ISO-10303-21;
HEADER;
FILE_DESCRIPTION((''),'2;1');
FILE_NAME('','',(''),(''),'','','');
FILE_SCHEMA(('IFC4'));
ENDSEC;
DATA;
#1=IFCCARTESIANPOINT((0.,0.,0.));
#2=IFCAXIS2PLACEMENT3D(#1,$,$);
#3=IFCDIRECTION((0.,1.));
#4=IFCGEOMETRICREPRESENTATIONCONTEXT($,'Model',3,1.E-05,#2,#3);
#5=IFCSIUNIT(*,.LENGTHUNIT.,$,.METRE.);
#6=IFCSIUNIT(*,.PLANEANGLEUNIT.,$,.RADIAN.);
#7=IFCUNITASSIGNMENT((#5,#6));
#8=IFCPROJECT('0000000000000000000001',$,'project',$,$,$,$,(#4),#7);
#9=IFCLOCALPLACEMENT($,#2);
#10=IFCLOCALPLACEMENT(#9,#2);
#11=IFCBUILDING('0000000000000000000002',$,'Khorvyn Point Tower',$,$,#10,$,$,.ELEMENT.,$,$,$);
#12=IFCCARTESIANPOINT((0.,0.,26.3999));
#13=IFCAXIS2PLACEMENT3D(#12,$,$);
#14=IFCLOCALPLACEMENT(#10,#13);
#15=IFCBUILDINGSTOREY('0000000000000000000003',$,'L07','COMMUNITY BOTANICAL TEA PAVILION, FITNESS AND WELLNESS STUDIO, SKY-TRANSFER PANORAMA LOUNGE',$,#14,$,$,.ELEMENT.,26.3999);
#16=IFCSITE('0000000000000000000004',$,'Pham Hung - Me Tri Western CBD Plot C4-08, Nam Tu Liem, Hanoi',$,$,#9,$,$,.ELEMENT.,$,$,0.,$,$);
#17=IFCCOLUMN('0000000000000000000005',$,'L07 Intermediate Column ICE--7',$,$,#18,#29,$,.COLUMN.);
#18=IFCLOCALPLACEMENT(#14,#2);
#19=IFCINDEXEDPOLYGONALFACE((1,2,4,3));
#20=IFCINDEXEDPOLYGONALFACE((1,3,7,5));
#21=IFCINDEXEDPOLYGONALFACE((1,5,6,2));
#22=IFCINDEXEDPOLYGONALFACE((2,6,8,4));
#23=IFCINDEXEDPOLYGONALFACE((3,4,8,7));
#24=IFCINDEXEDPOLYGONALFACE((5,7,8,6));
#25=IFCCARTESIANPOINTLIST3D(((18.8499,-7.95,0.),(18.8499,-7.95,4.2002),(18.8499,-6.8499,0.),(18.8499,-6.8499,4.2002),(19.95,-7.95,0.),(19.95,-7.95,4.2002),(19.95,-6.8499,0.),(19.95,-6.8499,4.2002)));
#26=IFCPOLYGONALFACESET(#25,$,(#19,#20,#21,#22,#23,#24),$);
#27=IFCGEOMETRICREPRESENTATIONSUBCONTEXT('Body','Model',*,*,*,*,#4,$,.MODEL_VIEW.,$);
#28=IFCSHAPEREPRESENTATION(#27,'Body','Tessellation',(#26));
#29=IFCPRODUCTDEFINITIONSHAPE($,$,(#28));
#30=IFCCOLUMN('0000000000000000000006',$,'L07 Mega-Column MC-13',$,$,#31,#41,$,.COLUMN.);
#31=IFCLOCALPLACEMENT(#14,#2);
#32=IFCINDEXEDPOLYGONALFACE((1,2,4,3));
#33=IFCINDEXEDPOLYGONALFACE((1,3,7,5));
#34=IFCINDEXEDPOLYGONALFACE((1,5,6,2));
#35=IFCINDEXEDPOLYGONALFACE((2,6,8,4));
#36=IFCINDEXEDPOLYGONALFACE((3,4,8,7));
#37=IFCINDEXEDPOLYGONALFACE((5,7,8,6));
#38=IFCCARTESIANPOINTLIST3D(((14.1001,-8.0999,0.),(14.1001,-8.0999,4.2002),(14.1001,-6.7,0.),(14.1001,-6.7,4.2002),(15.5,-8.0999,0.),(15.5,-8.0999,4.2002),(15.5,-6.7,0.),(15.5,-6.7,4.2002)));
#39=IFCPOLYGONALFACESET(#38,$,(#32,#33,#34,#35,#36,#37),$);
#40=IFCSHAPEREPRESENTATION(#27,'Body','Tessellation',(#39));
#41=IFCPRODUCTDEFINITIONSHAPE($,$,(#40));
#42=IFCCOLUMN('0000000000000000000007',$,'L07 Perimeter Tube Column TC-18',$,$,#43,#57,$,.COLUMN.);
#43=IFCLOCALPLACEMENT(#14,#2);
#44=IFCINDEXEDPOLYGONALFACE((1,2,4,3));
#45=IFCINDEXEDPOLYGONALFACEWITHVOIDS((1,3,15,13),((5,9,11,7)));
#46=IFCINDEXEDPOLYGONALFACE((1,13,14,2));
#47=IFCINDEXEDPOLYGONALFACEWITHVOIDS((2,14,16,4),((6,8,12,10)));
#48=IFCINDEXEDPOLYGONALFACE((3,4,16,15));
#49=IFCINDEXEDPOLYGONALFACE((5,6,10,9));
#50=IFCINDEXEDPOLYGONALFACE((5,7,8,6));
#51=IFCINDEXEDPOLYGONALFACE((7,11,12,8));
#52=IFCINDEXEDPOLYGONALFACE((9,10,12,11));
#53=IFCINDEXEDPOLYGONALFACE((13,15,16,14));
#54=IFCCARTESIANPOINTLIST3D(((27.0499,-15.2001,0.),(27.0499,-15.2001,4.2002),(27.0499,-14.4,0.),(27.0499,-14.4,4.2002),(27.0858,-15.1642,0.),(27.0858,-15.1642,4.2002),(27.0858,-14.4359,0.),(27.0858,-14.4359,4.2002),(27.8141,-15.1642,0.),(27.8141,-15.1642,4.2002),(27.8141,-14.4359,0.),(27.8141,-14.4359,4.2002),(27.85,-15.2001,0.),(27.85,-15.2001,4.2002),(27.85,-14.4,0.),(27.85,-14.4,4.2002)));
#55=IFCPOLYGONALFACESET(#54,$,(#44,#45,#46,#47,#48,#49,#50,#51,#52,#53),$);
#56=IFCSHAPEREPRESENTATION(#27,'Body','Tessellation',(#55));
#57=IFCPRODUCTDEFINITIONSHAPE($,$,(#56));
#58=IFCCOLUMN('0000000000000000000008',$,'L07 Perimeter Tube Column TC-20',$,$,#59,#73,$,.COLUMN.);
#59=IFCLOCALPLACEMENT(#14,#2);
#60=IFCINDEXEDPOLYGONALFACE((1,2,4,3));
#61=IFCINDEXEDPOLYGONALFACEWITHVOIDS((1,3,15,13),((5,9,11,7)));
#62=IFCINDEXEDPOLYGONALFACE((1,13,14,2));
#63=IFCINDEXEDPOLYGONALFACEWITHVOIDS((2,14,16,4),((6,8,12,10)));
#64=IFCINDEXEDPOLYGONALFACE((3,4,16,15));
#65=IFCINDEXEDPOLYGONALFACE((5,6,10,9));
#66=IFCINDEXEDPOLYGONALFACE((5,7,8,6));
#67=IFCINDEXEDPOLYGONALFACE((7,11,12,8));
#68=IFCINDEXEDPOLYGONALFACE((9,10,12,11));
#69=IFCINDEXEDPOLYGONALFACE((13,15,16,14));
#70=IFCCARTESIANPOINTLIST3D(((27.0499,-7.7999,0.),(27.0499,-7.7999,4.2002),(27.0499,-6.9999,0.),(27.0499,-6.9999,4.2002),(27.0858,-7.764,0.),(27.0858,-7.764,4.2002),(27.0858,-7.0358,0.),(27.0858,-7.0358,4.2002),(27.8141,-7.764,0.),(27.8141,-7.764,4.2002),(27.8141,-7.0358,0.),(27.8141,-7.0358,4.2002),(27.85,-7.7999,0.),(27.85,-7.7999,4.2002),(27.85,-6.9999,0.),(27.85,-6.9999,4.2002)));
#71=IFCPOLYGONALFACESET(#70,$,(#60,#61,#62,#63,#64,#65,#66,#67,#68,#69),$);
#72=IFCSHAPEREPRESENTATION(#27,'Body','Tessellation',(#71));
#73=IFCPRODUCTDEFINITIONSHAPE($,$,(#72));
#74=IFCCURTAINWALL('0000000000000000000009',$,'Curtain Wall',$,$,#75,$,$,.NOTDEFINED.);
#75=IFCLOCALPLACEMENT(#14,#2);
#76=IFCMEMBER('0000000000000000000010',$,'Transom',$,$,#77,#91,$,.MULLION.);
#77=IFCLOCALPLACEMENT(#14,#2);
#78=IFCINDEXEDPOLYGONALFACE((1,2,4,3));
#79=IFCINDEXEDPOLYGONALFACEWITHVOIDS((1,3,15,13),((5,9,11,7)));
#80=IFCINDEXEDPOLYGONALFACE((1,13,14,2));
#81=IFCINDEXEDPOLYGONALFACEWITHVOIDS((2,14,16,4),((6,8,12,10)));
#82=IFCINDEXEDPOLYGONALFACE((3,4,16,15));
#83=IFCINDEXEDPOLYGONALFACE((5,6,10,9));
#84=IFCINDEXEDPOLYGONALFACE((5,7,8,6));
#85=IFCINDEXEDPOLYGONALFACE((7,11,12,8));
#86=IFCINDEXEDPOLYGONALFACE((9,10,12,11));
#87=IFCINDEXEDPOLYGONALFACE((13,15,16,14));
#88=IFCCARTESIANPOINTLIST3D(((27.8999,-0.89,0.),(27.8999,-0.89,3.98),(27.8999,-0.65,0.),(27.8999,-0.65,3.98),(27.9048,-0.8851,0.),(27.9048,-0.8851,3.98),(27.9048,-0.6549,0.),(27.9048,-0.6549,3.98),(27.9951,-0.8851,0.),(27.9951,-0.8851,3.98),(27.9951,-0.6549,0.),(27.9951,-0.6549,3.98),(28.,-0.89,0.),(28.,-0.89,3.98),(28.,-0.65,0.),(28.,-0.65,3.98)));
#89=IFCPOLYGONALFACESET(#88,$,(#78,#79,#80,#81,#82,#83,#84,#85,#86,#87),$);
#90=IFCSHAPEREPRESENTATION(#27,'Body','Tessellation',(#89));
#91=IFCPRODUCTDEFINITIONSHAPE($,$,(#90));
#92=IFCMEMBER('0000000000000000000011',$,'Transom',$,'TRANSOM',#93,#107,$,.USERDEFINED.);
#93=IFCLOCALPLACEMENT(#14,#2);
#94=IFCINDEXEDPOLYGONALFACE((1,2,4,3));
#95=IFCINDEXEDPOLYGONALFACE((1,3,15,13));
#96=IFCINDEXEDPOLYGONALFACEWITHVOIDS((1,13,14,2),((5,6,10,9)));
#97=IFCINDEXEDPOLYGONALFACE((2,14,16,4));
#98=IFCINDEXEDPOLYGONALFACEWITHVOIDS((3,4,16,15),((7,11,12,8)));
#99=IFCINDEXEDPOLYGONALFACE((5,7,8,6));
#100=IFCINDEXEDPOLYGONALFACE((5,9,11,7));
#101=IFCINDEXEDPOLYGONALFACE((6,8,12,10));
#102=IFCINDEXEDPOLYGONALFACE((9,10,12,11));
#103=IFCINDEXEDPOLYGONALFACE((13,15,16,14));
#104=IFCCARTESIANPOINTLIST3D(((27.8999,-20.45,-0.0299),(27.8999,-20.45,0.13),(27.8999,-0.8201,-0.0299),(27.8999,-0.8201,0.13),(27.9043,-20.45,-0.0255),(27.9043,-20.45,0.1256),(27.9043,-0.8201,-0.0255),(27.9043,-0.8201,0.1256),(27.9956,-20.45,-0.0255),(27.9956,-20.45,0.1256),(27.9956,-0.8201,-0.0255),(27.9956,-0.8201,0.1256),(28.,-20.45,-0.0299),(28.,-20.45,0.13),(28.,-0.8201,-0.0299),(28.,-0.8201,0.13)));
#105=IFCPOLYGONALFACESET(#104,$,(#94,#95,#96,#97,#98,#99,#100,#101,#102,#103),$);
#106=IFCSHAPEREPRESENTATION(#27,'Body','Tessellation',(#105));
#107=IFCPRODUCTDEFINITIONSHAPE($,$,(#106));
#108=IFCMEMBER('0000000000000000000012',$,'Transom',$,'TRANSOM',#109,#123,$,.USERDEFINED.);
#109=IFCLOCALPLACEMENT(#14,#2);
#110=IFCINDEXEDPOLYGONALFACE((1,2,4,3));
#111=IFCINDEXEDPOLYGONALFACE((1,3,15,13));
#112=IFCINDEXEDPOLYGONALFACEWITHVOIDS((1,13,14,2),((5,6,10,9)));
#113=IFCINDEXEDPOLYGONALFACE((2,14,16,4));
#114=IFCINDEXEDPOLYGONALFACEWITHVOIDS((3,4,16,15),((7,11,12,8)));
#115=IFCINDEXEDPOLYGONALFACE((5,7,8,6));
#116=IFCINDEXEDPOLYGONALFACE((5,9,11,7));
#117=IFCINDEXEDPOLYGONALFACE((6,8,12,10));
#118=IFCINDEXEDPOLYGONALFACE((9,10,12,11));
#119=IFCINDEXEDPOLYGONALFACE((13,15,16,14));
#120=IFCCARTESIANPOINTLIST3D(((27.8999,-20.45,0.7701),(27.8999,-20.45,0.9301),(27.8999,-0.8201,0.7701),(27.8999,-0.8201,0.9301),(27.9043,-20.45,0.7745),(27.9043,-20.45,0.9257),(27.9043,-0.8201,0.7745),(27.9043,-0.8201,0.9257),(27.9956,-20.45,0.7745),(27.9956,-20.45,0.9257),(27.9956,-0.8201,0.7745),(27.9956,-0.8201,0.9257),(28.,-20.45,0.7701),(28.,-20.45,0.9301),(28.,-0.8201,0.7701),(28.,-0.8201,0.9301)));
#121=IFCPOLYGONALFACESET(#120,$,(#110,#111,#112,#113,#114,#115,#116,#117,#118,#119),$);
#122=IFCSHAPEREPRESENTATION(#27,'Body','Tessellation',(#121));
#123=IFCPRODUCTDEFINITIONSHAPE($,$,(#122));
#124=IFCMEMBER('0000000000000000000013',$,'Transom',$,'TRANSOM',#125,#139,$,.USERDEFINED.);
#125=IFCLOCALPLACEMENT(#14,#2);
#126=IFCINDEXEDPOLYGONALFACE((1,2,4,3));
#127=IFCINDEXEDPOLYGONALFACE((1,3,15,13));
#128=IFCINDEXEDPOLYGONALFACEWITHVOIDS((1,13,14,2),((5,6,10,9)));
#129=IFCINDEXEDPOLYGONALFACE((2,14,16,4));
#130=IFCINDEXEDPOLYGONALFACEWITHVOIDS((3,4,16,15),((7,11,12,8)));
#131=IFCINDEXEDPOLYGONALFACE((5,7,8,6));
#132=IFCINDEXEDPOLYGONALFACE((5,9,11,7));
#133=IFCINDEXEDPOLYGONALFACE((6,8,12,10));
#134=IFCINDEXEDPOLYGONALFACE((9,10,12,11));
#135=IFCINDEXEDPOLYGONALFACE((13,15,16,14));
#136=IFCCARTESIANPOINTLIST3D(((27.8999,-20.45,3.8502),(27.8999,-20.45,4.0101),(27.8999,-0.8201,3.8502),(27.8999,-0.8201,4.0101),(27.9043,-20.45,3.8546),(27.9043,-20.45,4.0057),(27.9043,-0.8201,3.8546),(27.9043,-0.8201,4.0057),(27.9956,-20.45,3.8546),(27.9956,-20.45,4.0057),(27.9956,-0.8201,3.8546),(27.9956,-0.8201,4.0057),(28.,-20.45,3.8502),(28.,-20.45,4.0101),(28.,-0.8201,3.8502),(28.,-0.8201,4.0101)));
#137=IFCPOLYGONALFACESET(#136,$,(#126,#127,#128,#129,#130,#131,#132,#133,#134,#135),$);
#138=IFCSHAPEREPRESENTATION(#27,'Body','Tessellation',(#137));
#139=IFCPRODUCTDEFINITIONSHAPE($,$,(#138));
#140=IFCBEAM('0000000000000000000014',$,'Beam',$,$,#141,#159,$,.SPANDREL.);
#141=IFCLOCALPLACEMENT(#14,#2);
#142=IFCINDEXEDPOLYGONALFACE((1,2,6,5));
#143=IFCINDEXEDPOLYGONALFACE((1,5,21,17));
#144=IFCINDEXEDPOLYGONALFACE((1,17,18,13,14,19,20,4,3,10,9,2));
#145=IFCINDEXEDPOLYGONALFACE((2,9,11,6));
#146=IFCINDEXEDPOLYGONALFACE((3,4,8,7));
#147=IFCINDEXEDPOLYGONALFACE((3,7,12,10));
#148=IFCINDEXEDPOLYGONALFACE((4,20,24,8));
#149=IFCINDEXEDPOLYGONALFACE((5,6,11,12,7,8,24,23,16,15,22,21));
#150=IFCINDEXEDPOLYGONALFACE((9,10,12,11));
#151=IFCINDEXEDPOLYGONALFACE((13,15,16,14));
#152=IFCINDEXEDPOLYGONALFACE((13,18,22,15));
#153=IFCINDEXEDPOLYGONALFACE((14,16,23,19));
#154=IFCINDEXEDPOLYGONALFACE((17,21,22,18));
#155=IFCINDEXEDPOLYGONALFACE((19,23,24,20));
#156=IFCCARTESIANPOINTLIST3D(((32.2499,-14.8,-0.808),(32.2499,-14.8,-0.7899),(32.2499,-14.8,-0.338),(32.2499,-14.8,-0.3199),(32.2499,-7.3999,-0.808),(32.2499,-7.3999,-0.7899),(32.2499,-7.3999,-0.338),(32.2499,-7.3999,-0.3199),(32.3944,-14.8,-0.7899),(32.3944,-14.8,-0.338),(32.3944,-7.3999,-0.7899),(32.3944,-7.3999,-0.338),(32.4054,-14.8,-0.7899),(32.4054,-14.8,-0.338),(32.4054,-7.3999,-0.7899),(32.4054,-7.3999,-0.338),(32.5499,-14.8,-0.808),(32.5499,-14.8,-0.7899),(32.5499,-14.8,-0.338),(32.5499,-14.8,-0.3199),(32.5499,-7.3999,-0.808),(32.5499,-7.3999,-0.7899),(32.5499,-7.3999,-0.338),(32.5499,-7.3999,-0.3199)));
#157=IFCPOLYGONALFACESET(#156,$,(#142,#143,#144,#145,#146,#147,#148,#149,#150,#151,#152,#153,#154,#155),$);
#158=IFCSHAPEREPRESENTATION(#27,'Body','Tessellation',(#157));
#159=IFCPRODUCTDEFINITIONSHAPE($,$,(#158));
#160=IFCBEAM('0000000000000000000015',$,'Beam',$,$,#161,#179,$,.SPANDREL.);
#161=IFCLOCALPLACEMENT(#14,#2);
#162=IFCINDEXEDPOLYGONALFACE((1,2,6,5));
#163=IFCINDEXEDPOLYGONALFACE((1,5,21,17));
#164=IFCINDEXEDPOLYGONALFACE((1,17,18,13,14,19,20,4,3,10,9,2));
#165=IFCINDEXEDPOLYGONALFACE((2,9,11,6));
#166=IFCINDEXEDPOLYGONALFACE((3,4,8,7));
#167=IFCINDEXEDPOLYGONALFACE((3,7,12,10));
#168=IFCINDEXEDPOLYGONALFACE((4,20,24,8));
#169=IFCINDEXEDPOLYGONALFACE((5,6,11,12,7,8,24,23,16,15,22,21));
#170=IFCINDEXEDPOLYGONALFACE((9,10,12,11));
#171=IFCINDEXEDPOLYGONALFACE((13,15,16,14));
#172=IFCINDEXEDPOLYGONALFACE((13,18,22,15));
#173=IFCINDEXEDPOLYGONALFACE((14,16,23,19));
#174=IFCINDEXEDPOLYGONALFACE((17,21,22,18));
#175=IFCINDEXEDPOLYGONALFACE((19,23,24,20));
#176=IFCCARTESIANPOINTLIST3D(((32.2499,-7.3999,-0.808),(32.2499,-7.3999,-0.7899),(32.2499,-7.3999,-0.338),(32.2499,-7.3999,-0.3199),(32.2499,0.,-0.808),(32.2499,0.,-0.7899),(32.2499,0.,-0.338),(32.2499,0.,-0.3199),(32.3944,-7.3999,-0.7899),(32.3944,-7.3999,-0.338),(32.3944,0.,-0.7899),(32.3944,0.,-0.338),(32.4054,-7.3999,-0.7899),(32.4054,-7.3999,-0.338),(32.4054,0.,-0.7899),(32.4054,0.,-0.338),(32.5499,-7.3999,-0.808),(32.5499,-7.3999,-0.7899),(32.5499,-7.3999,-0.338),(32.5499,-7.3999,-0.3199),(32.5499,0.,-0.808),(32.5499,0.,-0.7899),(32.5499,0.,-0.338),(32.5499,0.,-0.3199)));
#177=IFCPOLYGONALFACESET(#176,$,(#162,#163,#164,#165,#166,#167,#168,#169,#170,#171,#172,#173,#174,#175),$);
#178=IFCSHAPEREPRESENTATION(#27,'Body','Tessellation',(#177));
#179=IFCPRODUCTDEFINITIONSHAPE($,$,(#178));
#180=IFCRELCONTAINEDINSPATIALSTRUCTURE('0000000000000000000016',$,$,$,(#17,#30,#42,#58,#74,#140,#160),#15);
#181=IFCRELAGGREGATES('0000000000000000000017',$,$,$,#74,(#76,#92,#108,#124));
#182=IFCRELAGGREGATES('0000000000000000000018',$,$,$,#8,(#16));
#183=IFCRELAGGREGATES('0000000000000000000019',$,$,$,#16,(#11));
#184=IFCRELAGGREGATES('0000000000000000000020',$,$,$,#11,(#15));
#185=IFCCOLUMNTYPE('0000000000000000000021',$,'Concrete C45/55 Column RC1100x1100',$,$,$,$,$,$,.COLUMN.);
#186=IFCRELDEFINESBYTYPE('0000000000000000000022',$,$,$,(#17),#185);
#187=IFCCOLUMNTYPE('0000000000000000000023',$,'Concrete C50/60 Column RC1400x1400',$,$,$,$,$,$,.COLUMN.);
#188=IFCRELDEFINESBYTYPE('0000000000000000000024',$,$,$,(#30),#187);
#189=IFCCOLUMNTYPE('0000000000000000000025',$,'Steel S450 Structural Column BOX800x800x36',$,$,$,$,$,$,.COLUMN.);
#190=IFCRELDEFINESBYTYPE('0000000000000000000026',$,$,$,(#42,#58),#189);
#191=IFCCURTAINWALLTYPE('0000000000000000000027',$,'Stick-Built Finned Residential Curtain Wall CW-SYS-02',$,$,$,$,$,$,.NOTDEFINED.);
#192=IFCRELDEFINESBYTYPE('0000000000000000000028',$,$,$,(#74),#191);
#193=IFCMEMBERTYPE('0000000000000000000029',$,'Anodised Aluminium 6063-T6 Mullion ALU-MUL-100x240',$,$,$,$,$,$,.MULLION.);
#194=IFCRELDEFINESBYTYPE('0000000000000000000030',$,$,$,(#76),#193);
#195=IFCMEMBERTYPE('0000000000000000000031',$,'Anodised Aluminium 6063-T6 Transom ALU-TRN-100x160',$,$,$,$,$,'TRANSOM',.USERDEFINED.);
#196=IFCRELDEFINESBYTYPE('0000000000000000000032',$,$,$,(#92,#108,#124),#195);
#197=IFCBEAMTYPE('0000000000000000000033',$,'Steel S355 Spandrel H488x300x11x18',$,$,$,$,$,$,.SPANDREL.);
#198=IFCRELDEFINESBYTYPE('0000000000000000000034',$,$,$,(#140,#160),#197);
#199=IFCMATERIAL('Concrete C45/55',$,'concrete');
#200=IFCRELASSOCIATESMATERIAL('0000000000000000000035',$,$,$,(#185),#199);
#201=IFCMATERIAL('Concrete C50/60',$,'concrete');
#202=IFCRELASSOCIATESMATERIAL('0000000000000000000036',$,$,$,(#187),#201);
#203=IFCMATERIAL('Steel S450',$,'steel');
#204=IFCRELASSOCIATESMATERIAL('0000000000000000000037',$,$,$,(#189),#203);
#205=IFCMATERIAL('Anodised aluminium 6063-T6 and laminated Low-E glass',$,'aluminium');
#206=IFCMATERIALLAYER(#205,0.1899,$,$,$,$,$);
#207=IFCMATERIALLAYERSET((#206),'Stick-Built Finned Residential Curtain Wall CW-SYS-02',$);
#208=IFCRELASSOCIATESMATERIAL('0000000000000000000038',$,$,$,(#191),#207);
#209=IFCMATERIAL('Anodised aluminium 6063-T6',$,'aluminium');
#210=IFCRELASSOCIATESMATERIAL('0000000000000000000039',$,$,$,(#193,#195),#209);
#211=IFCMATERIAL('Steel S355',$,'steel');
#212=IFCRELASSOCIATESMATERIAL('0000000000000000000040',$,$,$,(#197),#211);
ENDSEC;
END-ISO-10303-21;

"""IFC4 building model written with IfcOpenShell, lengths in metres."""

from ifc_helpers import new_model, si_unit, direction, frame, origin, origin_2d, place, context, subcontext, project, spatial, rectangle, hollow_rectangle, i_section, extrude, material, layer, layer_set, material_profile, profile_set, type_object, element, aggregate, save


model = new_model("IFC4")

# Units and contexts
model_context = context("Model", 3, precision=1e-05, world=origin(), true_north=direction((0.0, 1.0)))
body_context = subcontext(model_context, "Body", "Model", "MODEL_VIEW")
ifc_project = project(units=[si_unit("LENGTHUNIT", "METRE"), si_unit("PLANEANGLEUNIT", "RADIAN")], contexts=[model_context])

# Site, building, storey
site_placement = place(None, origin())
site = spatial("IfcSite", under=ifc_project, at=site_placement, Name="Pham Hung - Me Tri Western CBD Plot C4-08, Nam Tu Liem, Hanoi", CompositionType="ELEMENT", RefElevation=0.0)
building_placement = place(site_placement, origin())
building = spatial("IfcBuilding", under=site, at=building_placement, Name="Khorvyn Point Tower", CompositionType="ELEMENT")
storey_placement = place(building_placement, frame((0.0, 0.0, 26.3999)))
storey = spatial("IfcBuildingStorey", under=building, at=storey_placement, Name="L07", Description="COMMUNITY BOTANICAL TEA PAVILION, FITNESS AND WELLNESS STUDIO, SKY-TRANSFER PANORAMA LOUNGE", CompositionType="ELEMENT", Elevation=26.3999)

# Columns
ifc_material_1 = material(Name="Concrete C45/55", Category="concrete")
ifc_material_profile_1 = material_profile(ifc_material_1, rectangle(XDim=1.1001, YDim=1.1001, at=origin_2d()))
ifc_profile_set_1 = profile_set([ifc_material_profile_1], Name="Concrete C45/55 RC1100x1100")
column_type_1 = type_object("IfcColumnType", Name="Concrete C45/55 Column RC1100x1100", PredefinedType="COLUMN", material=ifc_profile_set_1)
column_1_placement = place(storey_placement, frame((19.3999, -7.3999, 0.0), z_axis=(0.0, 0.0, 1.0), x_axis=(1.0, 0.0, 0.0)))
element("IfcColumn", 1, at=column_1_placement, inside=storey, type_object=column_type_1, Name="L07 Intermediate Column ICE--7", PredefinedType="COLUMN", context=body_context, shape_type="SweptSolid", body=[
    extrude(rectangle(XDim=1.1001, YDim=1.1001, at=origin_2d()), origin(), (0.0, 0.0, 1.0), 4.2002),
])
ifc_material_2 = material(Name="Concrete C50/60", Category="concrete")
ifc_material_profile_2 = material_profile(ifc_material_2, rectangle(XDim=1.3999, YDim=1.3999, at=origin_2d()))
ifc_profile_set_2 = profile_set([ifc_material_profile_2], Name="Concrete C50/60 RC1400x1400")
column_type_2 = type_object("IfcColumnType", Name="Concrete C50/60 Column RC1400x1400", PredefinedType="COLUMN", material=ifc_profile_set_2)
column_2_placement = place(storey_placement, frame((14.8, -7.3999, 0.0), z_axis=(0.0, 0.0, 1.0), x_axis=(1.0, 0.0, 0.0)))
element("IfcColumn", 2, at=column_2_placement, inside=storey, type_object=column_type_2, Name="L07 Mega-Column MC-13", PredefinedType="COLUMN", context=body_context, shape_type="SweptSolid", body=[
    extrude(rectangle(XDim=1.3999, YDim=1.3999, at=origin_2d()), origin(), (0.0, 0.0, 1.0), 4.2002),
])
ifc_material_3 = material(Name="Steel S450", Category="steel")
ifc_material_profile_3 = material_profile(ifc_material_3, hollow_rectangle(XDim=0.8, YDim=0.8, WallThickness=0.0359, at=origin_2d()))
ifc_profile_set_3 = profile_set([ifc_material_profile_3], Name="Steel S450 BOX800x800x36")
column_type_3 = type_object("IfcColumnType", Name="Steel S450 Structural Column BOX800x800x36", PredefinedType="COLUMN", material=ifc_profile_set_3)
for number, where, z_axis, x_axis, name in (
    (3, (27.45, -14.8, 0.0), (0.0, 0.0, 1.0), (1.0, 0.0, 0.0), "L07 Perimeter Tube Column TC-18"),
    (4, (27.45, -7.3999, 0.0), (0.0, 0.0, 1.0), (1.0, 0.0, 0.0), "L07 Perimeter Tube Column TC-20"),
):
    element("IfcColumn", number, at=place(storey_placement, frame(where, z_axis=z_axis, x_axis=x_axis)), inside=storey, type_object=column_type_3, Name=name, PredefinedType="COLUMN", context=body_context, shape_type="SweptSolid", body=[
        extrude(hollow_rectangle(XDim=0.8, YDim=0.8, WallThickness=0.0359, at=origin_2d()), origin(), (0.0, 0.0, 1.0), 4.2002),
    ])

# Curtain wall, members
ifc_material_4 = material(Name="Anodised aluminium 6063-T6 and laminated Low-E glass", Category="aluminium")
ifc_layer_1 = layer(ifc_material_4, 0.1899)
ifc_layer_set_1 = layer_set([ifc_layer_1], Name="Stick-Built Finned Residential Curtain Wall CW-SYS-02")
curtain_wall_type = type_object("IfcCurtainWallType", Name="Stick-Built Finned Residential Curtain Wall CW-SYS-02", PredefinedType="NOTDEFINED", material=ifc_layer_set_1)
curtain_wall_placement = place(storey_placement, origin())
curtain_wall = element("IfcCurtainWall", 5, at=curtain_wall_placement, inside=storey, type_object=curtain_wall_type, Name="Curtain Wall", PredefinedType="NOTDEFINED")
ifc_material_5 = material(Name="Anodised aluminium 6063-T6", Category="aluminium")
ifc_material_profile_4 = material_profile(ifc_material_5, hollow_rectangle(XDim=0.1001, YDim=0.24, WallThickness=0.0049, at=origin_2d()))
ifc_profile_set_4 = profile_set([ifc_material_profile_4], Name="Anodised aluminium 6063-T6 ALU-MUL-100x240")
member_type_1 = type_object("IfcMemberType", Name="Anodised Aluminium 6063-T6 Mullion ALU-MUL-100x240", PredefinedType="MULLION", material=ifc_profile_set_4)
member_1_placement = place(storey_placement, frame((27.95, -0.77, 0.0), z_axis=(0.0, 0.0, 1.0), x_axis=(1.0, 0.0, 0.0)))
member_1 = element("IfcMember", 6, at=member_1_placement, type_object=member_type_1, Name="Transom", PredefinedType="MULLION", context=body_context, shape_type="SweptSolid", body=[
    extrude(hollow_rectangle(XDim=0.1001, YDim=0.24, WallThickness=0.0049, at=origin_2d()), origin(), (0.0, 0.0, 1.0), 3.98),
])
ifc_material_profile_5 = material_profile(ifc_material_5, hollow_rectangle(XDim=0.1001, YDim=0.1599, WallThickness=0.0044, at=origin_2d()))
ifc_profile_set_5 = profile_set([ifc_material_profile_5], Name="Anodised aluminium 6063-T6 ALU-TRN-100x160")
member_type_2 = type_object("IfcMemberType", Name="Anodised Aluminium 6063-T6 Transom ALU-TRN-100x160", ElementType="TRANSOM", PredefinedType="USERDEFINED", material=ifc_profile_set_5)
member_2_placement = place(storey_placement, frame((27.95, -0.8201, 0.05), z_axis=(0.0, -1.0, 0.0), x_axis=(1.0, 0.0, 0.0)))
member_2 = element("IfcMember", 7, at=member_2_placement, type_object=member_type_2, Name="Transom", ObjectType="TRANSOM", PredefinedType="USERDEFINED", context=body_context, shape_type="SweptSolid", body=[
    extrude(hollow_rectangle(XDim=0.1001, YDim=0.1599, WallThickness=0.0044, at=origin_2d()), origin(), (0.0, 0.0, 1.0), 19.6299),
])
member_3_placement = place(storey_placement, frame((27.95, -0.8201, 0.8501), z_axis=(0.0, -1.0, 0.0), x_axis=(1.0, 0.0, 0.0)))
member_3 = element("IfcMember", 8, at=member_3_placement, type_object=member_type_2, Name="Transom", ObjectType="TRANSOM", PredefinedType="USERDEFINED", context=body_context, shape_type="SweptSolid", body=[
    extrude(hollow_rectangle(XDim=0.1001, YDim=0.1599, WallThickness=0.0044, at=origin_2d()), origin(), (0.0, 0.0, 1.0), 19.6299),
])
member_4_placement = place(storey_placement, frame((27.95, -0.8201, 3.9302), z_axis=(0.0, -1.0, 0.0), x_axis=(1.0, 0.0, 0.0)))
member_4 = element("IfcMember", 9, at=member_4_placement, type_object=member_type_2, Name="Transom", ObjectType="TRANSOM", PredefinedType="USERDEFINED", context=body_context, shape_type="SweptSolid", body=[
    extrude(hollow_rectangle(XDim=0.1001, YDim=0.1599, WallThickness=0.0044, at=origin_2d()), origin(), (0.0, 0.0, 1.0), 19.6299),
])

# Beams
ifc_material_6 = material(Name="Steel S355", Category="steel")
ifc_material_profile_6 = material_profile(ifc_material_6, i_section(OverallWidth=0.3, OverallDepth=0.488, WebThickness=0.011, FlangeThickness=0.0181, at=origin_2d()))
ifc_profile_set_6 = profile_set([ifc_material_profile_6], Name="Steel S355 H488x300x11x18")
beam_type_1 = type_object("IfcBeamType", Name="Steel S355 Spandrel H488x300x11x18", PredefinedType="SPANDREL", material=ifc_profile_set_6)
beam_1_placement = place(storey_placement, frame((32.3999, -14.8, -0.564), z_axis=(0.0, 1.0, 0.0), x_axis=(-1.0, 0.0, 0.0)))
element("IfcBeam", 10, at=beam_1_placement, inside=storey, type_object=beam_type_1, Name="Beam", PredefinedType="SPANDREL", context=body_context, shape_type="SweptSolid", body=[
    extrude(i_section(OverallWidth=0.3, OverallDepth=0.488, WebThickness=0.011, FlangeThickness=0.0181, at=origin_2d()), origin(), (0.0, 0.0, 1.0), 7.4001),
])
beam_2_placement = place(storey_placement, frame((32.3999, -7.3999, -0.564), z_axis=(0.0, 1.0, 0.0), x_axis=(-1.0, 0.0, 0.0)))
element("IfcBeam", 11, at=beam_2_placement, inside=storey, type_object=beam_type_1, Name="Beam", PredefinedType="SPANDREL", context=body_context, shape_type="SweptSolid", body=[
    extrude(i_section(OverallWidth=0.3, OverallDepth=0.488, WebThickness=0.011, FlangeThickness=0.0181, at=origin_2d()), origin(), (0.0, 0.0, 1.0), 7.3999),
])

aggregate(curtain_wall, [member_1, member_2, member_3, member_4])

save(model, "model.ifc")
